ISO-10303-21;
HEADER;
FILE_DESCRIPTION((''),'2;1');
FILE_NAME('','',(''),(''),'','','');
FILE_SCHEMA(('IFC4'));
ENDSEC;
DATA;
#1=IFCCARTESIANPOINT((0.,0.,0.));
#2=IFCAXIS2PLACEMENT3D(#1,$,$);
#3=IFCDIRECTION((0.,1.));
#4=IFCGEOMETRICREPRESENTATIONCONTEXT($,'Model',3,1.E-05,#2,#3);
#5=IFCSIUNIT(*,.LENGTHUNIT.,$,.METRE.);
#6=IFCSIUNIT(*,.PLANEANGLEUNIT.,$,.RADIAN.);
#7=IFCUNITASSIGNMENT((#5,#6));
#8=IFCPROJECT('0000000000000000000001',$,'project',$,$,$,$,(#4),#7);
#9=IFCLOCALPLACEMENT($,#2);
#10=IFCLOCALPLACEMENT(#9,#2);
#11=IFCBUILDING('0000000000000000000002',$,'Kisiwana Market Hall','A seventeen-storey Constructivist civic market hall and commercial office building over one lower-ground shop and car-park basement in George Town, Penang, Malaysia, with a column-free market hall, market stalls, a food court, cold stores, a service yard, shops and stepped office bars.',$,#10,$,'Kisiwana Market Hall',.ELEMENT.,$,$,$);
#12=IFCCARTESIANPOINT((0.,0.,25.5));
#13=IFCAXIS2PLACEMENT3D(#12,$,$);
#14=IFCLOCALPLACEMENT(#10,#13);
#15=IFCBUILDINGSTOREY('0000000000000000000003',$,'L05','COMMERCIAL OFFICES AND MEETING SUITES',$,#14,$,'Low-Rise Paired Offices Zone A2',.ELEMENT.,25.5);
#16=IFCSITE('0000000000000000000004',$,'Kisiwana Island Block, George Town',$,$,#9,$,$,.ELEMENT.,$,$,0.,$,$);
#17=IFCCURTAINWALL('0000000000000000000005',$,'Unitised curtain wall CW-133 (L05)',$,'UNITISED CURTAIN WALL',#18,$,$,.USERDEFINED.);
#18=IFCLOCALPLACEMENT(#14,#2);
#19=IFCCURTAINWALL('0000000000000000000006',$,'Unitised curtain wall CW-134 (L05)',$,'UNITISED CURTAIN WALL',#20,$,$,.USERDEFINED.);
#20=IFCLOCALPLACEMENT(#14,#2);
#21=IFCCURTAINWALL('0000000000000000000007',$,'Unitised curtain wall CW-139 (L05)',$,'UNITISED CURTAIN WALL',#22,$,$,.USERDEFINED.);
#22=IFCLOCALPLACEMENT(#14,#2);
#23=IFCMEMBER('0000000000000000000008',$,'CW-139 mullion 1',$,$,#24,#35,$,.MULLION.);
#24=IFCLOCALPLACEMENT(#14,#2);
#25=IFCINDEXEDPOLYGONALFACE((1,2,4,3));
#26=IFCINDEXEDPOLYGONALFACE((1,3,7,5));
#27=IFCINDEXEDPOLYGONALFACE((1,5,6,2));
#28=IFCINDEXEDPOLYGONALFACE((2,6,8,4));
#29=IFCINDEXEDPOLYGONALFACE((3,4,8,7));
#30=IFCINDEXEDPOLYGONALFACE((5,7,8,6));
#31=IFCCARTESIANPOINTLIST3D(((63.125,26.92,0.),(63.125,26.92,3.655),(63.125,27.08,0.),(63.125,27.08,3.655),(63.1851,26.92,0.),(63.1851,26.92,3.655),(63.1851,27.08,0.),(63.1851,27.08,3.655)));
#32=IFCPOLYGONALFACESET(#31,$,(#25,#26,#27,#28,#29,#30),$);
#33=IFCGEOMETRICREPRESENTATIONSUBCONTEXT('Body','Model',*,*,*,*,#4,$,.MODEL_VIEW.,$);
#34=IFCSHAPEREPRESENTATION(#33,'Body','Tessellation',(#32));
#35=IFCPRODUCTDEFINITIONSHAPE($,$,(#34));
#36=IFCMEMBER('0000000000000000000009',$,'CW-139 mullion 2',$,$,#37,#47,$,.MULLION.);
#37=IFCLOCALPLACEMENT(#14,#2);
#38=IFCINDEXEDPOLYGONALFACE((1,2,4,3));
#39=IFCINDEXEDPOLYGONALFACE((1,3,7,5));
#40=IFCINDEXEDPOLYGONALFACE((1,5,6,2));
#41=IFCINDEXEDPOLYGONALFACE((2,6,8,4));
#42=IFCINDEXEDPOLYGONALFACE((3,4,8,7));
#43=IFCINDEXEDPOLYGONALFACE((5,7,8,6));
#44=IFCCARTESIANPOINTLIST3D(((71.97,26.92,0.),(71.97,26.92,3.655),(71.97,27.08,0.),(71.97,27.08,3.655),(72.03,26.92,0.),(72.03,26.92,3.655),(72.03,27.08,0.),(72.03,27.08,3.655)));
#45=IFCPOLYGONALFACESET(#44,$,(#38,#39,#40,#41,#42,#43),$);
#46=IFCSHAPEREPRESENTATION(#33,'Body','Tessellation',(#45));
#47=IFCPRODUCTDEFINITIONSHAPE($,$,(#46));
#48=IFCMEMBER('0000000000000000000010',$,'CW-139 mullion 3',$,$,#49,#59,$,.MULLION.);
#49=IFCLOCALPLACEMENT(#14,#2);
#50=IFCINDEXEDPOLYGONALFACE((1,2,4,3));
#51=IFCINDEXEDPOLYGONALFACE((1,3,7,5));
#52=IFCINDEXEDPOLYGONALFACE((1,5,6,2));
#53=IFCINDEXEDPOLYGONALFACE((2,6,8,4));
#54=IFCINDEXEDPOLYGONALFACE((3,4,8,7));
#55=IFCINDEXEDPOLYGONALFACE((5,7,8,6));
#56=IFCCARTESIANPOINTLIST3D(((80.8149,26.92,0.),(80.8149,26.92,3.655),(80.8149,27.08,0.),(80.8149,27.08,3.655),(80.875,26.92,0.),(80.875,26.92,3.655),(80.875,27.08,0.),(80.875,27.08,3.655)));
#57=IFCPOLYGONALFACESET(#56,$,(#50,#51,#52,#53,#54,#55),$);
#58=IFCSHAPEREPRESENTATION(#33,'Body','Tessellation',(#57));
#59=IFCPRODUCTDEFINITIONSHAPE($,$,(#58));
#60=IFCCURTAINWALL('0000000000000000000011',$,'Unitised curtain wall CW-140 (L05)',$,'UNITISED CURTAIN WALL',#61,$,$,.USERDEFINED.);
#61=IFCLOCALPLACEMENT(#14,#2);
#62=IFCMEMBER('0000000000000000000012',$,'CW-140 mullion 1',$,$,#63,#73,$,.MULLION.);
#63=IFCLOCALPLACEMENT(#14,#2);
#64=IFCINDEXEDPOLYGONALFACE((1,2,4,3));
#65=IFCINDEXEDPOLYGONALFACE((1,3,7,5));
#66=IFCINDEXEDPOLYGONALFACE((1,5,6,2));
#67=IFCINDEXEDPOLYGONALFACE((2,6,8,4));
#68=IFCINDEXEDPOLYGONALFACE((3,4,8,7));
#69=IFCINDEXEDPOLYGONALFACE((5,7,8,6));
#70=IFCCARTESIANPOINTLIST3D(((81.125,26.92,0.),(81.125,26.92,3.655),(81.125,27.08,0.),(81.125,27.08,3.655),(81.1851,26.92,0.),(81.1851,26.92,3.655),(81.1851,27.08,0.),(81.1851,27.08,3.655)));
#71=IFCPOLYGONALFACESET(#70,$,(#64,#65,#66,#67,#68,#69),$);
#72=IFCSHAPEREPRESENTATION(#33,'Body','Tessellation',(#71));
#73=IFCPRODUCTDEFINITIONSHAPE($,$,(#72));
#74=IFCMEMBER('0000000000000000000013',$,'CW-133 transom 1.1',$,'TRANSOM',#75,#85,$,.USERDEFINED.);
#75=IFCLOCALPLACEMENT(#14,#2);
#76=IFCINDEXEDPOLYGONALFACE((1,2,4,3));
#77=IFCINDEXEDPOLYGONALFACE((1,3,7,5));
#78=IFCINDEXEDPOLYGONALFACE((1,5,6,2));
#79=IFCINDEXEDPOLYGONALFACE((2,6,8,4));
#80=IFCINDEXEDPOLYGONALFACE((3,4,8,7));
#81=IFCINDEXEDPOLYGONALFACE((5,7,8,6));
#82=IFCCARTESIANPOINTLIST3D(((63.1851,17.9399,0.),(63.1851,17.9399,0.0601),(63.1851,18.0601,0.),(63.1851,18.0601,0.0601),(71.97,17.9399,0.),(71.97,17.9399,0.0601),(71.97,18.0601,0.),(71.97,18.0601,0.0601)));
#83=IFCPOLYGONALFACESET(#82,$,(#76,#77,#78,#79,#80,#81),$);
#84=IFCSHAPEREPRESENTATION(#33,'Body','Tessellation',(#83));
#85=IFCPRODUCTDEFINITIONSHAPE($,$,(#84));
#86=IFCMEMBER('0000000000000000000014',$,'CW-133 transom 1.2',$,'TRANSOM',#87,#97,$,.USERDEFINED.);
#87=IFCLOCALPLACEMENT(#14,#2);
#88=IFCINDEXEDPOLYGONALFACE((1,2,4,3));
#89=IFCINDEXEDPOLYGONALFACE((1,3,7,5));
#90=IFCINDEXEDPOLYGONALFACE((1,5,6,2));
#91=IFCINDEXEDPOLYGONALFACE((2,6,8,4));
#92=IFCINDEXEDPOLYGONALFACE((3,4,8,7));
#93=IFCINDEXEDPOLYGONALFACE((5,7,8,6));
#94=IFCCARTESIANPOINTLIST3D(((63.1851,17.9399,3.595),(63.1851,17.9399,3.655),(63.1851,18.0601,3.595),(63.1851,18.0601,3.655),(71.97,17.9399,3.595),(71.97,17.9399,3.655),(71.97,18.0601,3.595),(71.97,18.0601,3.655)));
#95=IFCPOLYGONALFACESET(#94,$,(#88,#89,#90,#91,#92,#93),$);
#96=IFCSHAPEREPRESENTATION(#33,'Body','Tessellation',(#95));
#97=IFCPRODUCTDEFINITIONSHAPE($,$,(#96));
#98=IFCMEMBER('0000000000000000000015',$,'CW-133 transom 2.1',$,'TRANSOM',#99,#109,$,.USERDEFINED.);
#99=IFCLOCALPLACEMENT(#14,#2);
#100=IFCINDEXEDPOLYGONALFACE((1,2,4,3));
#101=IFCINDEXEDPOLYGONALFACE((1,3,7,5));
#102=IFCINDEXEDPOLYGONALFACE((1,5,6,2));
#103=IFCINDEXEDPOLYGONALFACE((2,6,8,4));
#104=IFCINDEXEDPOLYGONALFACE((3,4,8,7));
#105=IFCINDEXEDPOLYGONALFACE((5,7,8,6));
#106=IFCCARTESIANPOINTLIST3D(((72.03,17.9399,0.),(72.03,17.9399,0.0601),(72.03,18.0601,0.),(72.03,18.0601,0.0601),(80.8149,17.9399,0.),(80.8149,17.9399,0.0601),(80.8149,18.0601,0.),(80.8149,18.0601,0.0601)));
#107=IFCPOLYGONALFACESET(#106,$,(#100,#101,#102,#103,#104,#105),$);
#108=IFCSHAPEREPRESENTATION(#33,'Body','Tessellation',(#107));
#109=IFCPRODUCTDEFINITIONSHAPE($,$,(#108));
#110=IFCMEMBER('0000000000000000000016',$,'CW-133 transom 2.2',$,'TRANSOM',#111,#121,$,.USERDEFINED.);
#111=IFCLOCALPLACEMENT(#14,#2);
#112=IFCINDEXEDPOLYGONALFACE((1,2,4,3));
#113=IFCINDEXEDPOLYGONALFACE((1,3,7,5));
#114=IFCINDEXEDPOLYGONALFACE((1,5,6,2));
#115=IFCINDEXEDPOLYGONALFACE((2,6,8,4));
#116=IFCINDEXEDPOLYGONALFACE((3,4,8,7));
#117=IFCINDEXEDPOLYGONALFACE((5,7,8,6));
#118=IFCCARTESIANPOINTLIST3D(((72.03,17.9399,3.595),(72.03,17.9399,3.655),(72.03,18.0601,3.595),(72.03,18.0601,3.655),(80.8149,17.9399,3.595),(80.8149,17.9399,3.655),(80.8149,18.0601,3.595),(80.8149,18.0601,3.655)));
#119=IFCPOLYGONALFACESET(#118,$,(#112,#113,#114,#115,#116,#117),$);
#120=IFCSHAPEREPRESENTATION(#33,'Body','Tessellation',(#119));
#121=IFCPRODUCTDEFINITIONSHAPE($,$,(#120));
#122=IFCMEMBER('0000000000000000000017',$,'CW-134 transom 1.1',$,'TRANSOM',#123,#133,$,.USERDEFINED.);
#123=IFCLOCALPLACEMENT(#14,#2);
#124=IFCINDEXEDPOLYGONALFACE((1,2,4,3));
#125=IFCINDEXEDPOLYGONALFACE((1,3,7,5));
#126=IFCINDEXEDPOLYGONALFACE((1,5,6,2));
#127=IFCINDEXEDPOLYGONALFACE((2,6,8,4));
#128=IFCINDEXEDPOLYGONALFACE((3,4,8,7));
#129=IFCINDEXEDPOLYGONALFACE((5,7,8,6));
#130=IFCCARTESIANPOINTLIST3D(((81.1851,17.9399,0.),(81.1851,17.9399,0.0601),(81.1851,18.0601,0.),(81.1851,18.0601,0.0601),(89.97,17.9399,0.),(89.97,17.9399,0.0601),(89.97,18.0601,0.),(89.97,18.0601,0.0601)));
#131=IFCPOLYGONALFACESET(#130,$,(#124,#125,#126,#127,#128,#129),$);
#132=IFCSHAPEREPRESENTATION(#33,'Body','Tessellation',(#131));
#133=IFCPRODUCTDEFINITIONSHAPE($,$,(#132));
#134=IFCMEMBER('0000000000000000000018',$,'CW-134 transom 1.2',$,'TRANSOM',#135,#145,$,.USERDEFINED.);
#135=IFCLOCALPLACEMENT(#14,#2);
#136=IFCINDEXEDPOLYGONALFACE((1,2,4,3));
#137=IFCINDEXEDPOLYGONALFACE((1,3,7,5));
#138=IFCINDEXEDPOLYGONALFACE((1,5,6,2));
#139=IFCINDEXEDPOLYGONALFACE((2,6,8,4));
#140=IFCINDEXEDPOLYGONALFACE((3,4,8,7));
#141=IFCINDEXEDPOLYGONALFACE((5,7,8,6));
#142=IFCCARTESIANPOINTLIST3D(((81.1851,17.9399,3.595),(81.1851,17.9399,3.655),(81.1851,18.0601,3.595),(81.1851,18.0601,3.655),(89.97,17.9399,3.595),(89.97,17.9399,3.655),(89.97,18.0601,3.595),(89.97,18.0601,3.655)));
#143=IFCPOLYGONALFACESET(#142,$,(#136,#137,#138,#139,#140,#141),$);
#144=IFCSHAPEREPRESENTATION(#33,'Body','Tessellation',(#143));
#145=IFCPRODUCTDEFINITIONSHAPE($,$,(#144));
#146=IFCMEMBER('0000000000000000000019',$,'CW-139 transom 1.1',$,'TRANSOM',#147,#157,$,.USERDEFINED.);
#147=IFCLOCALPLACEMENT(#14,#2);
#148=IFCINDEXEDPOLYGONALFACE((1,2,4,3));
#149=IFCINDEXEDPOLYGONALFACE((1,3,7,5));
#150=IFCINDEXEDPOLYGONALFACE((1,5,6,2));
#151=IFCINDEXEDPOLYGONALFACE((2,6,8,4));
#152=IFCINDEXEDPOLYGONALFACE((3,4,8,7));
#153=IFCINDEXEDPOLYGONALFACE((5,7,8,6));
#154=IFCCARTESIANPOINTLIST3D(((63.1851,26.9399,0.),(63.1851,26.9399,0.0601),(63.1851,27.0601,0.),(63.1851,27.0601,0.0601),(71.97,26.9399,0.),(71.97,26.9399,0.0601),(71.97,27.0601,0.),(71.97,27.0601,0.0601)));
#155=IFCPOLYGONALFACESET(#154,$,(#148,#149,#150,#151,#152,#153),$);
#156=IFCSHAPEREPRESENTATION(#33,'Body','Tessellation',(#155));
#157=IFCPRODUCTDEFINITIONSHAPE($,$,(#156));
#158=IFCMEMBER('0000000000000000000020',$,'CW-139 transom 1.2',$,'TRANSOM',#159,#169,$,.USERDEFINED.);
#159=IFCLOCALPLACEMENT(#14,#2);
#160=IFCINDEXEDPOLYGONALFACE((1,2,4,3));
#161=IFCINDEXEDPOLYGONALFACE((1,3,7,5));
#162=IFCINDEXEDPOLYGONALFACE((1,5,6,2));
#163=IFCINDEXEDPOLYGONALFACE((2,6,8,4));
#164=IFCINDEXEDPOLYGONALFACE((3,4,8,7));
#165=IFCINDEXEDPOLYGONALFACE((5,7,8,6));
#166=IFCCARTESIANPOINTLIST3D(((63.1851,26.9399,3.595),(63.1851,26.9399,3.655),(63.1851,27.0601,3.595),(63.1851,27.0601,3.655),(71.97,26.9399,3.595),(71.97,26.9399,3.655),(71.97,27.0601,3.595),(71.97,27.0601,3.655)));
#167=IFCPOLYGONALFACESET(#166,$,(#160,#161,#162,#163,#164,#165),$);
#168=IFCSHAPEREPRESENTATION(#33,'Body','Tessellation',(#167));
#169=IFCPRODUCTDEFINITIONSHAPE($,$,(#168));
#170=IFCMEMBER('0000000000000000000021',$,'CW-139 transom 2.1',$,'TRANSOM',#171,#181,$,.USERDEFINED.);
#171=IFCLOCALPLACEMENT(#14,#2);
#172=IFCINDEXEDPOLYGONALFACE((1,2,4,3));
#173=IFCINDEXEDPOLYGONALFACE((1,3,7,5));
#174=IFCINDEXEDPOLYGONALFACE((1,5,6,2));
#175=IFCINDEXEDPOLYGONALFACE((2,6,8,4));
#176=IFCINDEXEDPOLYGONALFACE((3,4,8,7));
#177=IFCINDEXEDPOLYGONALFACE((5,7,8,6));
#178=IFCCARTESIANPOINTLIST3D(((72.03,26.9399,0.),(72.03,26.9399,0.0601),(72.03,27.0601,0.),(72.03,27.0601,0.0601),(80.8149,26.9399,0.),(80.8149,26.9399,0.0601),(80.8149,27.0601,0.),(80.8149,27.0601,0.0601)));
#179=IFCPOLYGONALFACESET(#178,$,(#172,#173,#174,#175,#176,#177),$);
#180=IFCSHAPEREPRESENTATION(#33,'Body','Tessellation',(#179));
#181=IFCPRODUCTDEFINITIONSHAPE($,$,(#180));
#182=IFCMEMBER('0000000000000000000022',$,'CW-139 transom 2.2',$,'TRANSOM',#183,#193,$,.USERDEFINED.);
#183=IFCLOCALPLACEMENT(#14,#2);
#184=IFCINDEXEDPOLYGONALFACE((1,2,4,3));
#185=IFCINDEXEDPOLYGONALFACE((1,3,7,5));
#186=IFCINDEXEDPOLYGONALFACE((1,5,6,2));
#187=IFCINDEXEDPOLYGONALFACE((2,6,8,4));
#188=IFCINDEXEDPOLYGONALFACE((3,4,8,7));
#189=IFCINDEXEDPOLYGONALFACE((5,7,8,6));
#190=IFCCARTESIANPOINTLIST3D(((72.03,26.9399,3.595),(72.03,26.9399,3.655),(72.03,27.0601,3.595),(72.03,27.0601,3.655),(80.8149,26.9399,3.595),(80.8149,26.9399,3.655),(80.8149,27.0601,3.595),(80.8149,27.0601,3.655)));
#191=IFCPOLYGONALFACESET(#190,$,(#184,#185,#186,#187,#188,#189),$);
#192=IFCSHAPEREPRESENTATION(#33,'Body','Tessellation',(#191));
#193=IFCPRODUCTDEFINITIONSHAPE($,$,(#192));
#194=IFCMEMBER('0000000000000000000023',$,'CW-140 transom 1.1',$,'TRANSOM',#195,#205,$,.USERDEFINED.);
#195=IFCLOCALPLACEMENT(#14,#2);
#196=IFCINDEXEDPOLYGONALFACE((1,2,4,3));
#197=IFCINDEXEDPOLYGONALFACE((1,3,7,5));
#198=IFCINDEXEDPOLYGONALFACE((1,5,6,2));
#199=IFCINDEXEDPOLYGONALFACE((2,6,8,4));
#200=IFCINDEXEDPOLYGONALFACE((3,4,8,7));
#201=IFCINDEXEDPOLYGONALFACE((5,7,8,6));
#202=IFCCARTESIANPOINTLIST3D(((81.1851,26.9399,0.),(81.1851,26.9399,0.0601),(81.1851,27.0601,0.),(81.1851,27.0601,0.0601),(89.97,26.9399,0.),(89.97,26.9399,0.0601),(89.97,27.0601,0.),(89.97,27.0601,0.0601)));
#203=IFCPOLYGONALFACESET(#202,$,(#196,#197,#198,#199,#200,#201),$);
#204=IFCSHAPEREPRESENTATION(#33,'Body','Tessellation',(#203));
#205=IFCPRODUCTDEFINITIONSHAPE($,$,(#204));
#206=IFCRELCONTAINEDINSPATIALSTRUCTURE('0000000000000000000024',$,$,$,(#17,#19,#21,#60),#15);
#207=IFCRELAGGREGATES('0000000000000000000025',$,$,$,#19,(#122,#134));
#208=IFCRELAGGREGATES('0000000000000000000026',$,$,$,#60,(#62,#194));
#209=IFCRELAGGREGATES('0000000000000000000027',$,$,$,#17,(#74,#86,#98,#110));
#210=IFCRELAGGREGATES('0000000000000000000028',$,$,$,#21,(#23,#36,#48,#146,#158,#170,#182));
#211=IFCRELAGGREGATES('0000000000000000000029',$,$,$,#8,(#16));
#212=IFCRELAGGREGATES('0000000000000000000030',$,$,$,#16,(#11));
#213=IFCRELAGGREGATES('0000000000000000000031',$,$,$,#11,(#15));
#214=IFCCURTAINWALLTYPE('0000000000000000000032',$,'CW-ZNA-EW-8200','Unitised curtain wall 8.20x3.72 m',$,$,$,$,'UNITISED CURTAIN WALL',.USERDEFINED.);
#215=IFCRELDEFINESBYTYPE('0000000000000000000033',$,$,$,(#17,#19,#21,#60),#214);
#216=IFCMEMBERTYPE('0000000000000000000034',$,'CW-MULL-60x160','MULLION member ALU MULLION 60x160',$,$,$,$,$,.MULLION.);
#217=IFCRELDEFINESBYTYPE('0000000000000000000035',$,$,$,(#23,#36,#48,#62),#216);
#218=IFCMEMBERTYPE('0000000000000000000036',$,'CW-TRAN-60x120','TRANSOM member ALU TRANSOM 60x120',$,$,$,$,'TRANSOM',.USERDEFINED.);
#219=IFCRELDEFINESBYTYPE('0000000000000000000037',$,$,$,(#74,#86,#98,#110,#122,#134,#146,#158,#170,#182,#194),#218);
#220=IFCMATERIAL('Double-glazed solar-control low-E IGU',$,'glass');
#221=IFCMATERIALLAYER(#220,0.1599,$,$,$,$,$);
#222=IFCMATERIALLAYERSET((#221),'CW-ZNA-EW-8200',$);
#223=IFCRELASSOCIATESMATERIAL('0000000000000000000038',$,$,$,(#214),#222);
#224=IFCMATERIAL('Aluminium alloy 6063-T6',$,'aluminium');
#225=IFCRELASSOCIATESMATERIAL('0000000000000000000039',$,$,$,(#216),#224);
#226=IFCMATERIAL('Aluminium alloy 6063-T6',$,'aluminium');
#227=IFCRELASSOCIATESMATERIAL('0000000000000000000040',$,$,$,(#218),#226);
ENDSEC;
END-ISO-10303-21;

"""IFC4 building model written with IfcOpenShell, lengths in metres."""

from ifc_helpers import new_model, si_unit, direction, frame, origin, origin_2d, place, context, subcontext, project, spatial, rectangle, extrude, material, layer, layer_set, material_profile, profile_set, type_object, element, aggregate, save


model = new_model("IFC4")

# Units and contexts
model_context = context("Model", 3, precision=1e-05, world=origin(), true_north=direction((0.0, 1.0)))
body_context = subcontext(model_context, "Body", "Model", "MODEL_VIEW")
ifc_project = project(units=[si_unit("LENGTHUNIT", "METRE"), si_unit("PLANEANGLEUNIT", "RADIAN")], contexts=[model_context])

# Site, building, storey
site_placement = place(None, origin())
site = spatial("IfcSite", under=ifc_project, at=site_placement, Name="Kisiwana Island Block, George Town", CompositionType="ELEMENT", RefElevation=0.0)
building_placement = place(site_placement, origin())
building = spatial("IfcBuilding", under=site, at=building_placement, Name="Kisiwana Market Hall", Description="A seventeen-storey Constructivist civic market hall and commercial office building over one lower-ground shop and car-park basement in George Town, Penang, Malaysia, with a column-free market hall, market stalls, a food court, cold stores, a service yard, shops and stepped office bars.", LongName="Kisiwana Market Hall", CompositionType="ELEMENT")
storey_placement = place(building_placement, frame((0.0, 0.0, 25.5)))
storey = spatial("IfcBuildingStorey", under=building, at=storey_placement, Name="L05", Description="COMMERCIAL OFFICES AND MEETING SUITES", LongName="Low-Rise Paired Offices Zone A2", CompositionType="ELEMENT", Elevation=25.5)

# Curtain wall
ifc_material_1 = material(Name="Double-glazed solar-control low-E IGU", Category="glass")
ifc_layer_1 = layer(ifc_material_1, 0.1599)
ifc_layer_set_1 = layer_set([ifc_layer_1], Name="CW-ZNA-EW-8200")
curtain_wall_type = type_object("IfcCurtainWallType", Name="CW-ZNA-EW-8200", Description="Unitised curtain wall 8.20x3.72 m", ElementType="UNITISED CURTAIN WALL", PredefinedType="USERDEFINED", material=ifc_layer_set_1)
curtain_wall_1_placement = place(storey_placement, origin())
curtain_wall_1 = element("IfcCurtainWall", 1, at=curtain_wall_1_placement, inside=storey, type_object=curtain_wall_type, Name="Unitised curtain wall CW-133 (L05)", ObjectType="UNITISED CURTAIN WALL", PredefinedType="USERDEFINED")
ifc_material_2 = material(Name="Aluminium alloy 6063-T6", Category="aluminium")
ifc_material_profile_1 = material_profile(ifc_material_2, rectangle(XDim=0.0601, YDim=0.1599, at=origin_2d()), Name="ALU MULLION 60x160")
ifc_profile_set_1 = profile_set([ifc_material_profile_1], Name="Aluminium alloy 6063-T6")
member_type_1 = type_object("IfcMemberType", Name="CW-MULL-60x160", Description="MULLION member ALU MULLION 60x160", PredefinedType="MULLION", material=ifc_profile_set_1)

# Curtain wall
curtain_wall_2_placement = place(storey_placement, origin())
curtain_wall_2 = element("IfcCurtainWall", 2, at=curtain_wall_2_placement, inside=storey, type_object=curtain_wall_type, Name="Unitised curtain wall CW-134 (L05)", ObjectType="UNITISED CURTAIN WALL", PredefinedType="USERDEFINED")

# Curtain wall, members
curtain_wall_3_placement = place(storey_placement, origin())
curtain_wall_3 = element("IfcCurtainWall", 3, at=curtain_wall_3_placement, inside=storey, type_object=curtain_wall_type, Name="Unitised curtain wall CW-139 (L05)", ObjectType="UNITISED CURTAIN WALL", PredefinedType="USERDEFINED")
member_1_placement = place(storey_placement, frame((63.155, 27.0, 0.0), z_axis=(0.0, 0.0, 1.0), x_axis=(1.0, 0.0, 0.0)))
member_1 = element("IfcMember", 4, at=member_1_placement, type_object=member_type_1, Name="CW-139 mullion 1", PredefinedType="MULLION", context=body_context, shape_type="SweptSolid", body=[
    extrude(rectangle(XDim=0.0601, YDim=0.1599, at=origin_2d()), origin(), (0.0, 0.0, 1.0), 3.655),
])
member_2_placement = place(storey_placement, frame((72.0, 27.0, 0.0), z_axis=(0.0, 0.0, 1.0), x_axis=(1.0, 0.0, 0.0)))
member_2 = element("IfcMember", 5, at=member_2_placement, type_object=member_type_1, Name="CW-139 mullion 2", PredefinedType="MULLION", context=body_context, shape_type="SweptSolid", body=[
    extrude(rectangle(XDim=0.0601, YDim=0.1599, at=origin_2d()), origin(), (0.0, 0.0, 1.0), 3.655),
])
member_3_placement = place(storey_placement, frame((80.845, 27.0, 0.0), z_axis=(0.0, 0.0, 1.0), x_axis=(1.0, 0.0, 0.0)))
member_3 = element("IfcMember", 6, at=member_3_placement, type_object=member_type_1, Name="CW-139 mullion 3", PredefinedType="MULLION", context=body_context, shape_type="SweptSolid", body=[
    extrude(rectangle(XDim=0.0601, YDim=0.1599, at=origin_2d()), origin(), (0.0, 0.0, 1.0), 3.655),
])

# Curtain wall, member
curtain_wall_4_placement = place(storey_placement, origin())
curtain_wall_4 = element("IfcCurtainWall", 7, at=curtain_wall_4_placement, inside=storey, type_object=curtain_wall_type, Name="Unitised curtain wall CW-140 (L05)", ObjectType="UNITISED CURTAIN WALL", PredefinedType="USERDEFINED")
member_4_placement = place(storey_placement, frame((81.155, 27.0, 0.0), z_axis=(0.0, 0.0, 1.0), x_axis=(1.0, 0.0, 0.0)))
member_4 = element("IfcMember", 8, at=member_4_placement, type_object=member_type_1, Name="CW-140 mullion 1", PredefinedType="MULLION", context=body_context, shape_type="SweptSolid", body=[
    extrude(rectangle(XDim=0.0601, YDim=0.1599, at=origin_2d()), origin(), (0.0, 0.0, 1.0), 3.655),
])

# Members
ifc_material_3 = material(Name="Aluminium alloy 6063-T6", Category="aluminium")
ifc_material_profile_2 = material_profile(ifc_material_3, rectangle(XDim=0.1201, YDim=0.0601, at=origin_2d()), Name="ALU TRANSOM 60x120")
ifc_profile_set_2 = profile_set([ifc_material_profile_2], Name="Aluminium alloy 6063-T6")
member_type_2 = type_object("IfcMemberType", Name="CW-TRAN-60x120", Description="TRANSOM member ALU TRANSOM 60x120", ElementType="TRANSOM", PredefinedType="USERDEFINED", material=ifc_profile_set_2)
member_5_placement = place(storey_placement, frame((63.1851, 18.0, 0.03), z_axis=(1.0, 0.0, 0.0), x_axis=(0.0, 1.0, 0.0)))
member_5 = element("IfcMember", 9, at=member_5_placement, type_object=member_type_2, Name="CW-133 transom 1.1", ObjectType="TRANSOM", PredefinedType="USERDEFINED", context=body_context, shape_type="SweptSolid", body=[
    extrude(rectangle(XDim=0.1201, YDim=0.0601, at=origin_2d()), origin(), (0.0, 0.0, 1.0), 8.7849),
])
member_6_placement = place(storey_placement, frame((63.1851, 18.0, 3.625), z_axis=(1.0, 0.0, 0.0), x_axis=(0.0, 1.0, 0.0)))
member_6 = element("IfcMember", 10, at=member_6_placement, type_object=member_type_2, Name="CW-133 transom 1.2", ObjectType="TRANSOM", PredefinedType="USERDEFINED", context=body_context, shape_type="SweptSolid", body=[
    extrude(rectangle(XDim=0.1201, YDim=0.0601, at=origin_2d()), origin(), (0.0, 0.0, 1.0), 8.7849),
])
member_7_placement = place(storey_placement, frame((72.03, 18.0, 0.03), z_axis=(1.0, 0.0, 0.0), x_axis=(0.0, 1.0, 0.0)))
member_7 = element("IfcMember", 11, at=member_7_placement, type_object=member_type_2, Name="CW-133 transom 2.1", ObjectType="TRANSOM", PredefinedType="USERDEFINED", context=body_context, shape_type="SweptSolid", body=[
    extrude(rectangle(XDim=0.1201, YDim=0.0601, at=origin_2d()), origin(), (0.0, 0.0, 1.0), 8.7849),
])
member_8_placement = place(storey_placement, frame((72.03, 18.0, 3.625), z_axis=(1.0, 0.0, 0.0), x_axis=(0.0, 1.0, 0.0)))
member_8 = element("IfcMember", 12, at=member_8_placement, type_object=member_type_2, Name="CW-133 transom 2.2", ObjectType="TRANSOM", PredefinedType="USERDEFINED", context=body_context, shape_type="SweptSolid", body=[
    extrude(rectangle(XDim=0.1201, YDim=0.0601, at=origin_2d()), origin(), (0.0, 0.0, 1.0), 8.7849),
])
member_9_placement = place(storey_placement, frame((81.1851, 18.0, 0.03), z_axis=(1.0, 0.0, 0.0), x_axis=(0.0, 1.0, 0.0)))
member_9 = element("IfcMember", 13, at=member_9_placement, type_object=member_type_2, Name="CW-134 transom 1.1", ObjectType="TRANSOM", PredefinedType="USERDEFINED", context=body_context, shape_type="SweptSolid", body=[
    extrude(rectangle(XDim=0.1201, YDim=0.0601, at=origin_2d()), origin(), (0.0, 0.0, 1.0), 8.7849),
])
member_10_placement = place(storey_placement, frame((81.1851, 18.0, 3.625), z_axis=(1.0, 0.0, 0.0), x_axis=(0.0, 1.0, 0.0)))
member_10 = element("IfcMember", 14, at=member_10_placement, type_object=member_type_2, Name="CW-134 transom 1.2", ObjectType="TRANSOM", PredefinedType="USERDEFINED", context=body_context, shape_type="SweptSolid", body=[
    extrude(rectangle(XDim=0.1201, YDim=0.0601, at=origin_2d()), origin(), (0.0, 0.0, 1.0), 8.7849),
])
aggregate(curtain_wall_2, [member_9, member_10])
member_11_placement = place(storey_placement, frame((63.1851, 27.0, 0.03), z_axis=(1.0, 0.0, 0.0), x_axis=(0.0, 1.0, 0.0)))
member_11 = element("IfcMember", 15, at=member_11_placement, type_object=member_type_2, Name="CW-139 transom 1.1", ObjectType="TRANSOM", PredefinedType="USERDEFINED", context=body_context, shape_type="SweptSolid", body=[
    extrude(rectangle(XDim=0.1201, YDim=0.0601, at=origin_2d()), origin(), (0.0, 0.0, 1.0), 8.7849),
])
member_12_placement = place(storey_placement, frame((63.1851, 27.0, 3.625), z_axis=(1.0, 0.0, 0.0), x_axis=(0.0, 1.0, 0.0)))
member_12 = element("IfcMember", 16, at=member_12_placement, type_object=member_type_2, Name="CW-139 transom 1.2", ObjectType="TRANSOM", PredefinedType="USERDEFINED", context=body_context, shape_type="SweptSolid", body=[
    extrude(rectangle(XDim=0.1201, YDim=0.0601, at=origin_2d()), origin(), (0.0, 0.0, 1.0), 8.7849),
])
member_13_placement = place(storey_placement, frame((72.03, 27.0, 0.03), z_axis=(1.0, 0.0, 0.0), x_axis=(0.0, 1.0, 0.0)))
member_13 = element("IfcMember", 17, at=member_13_placement, type_object=member_type_2, Name="CW-139 transom 2.1", ObjectType="TRANSOM", PredefinedType="USERDEFINED", context=body_context, shape_type="SweptSolid", body=[
    extrude(rectangle(XDim=0.1201, YDim=0.0601, at=origin_2d()), origin(), (0.0, 0.0, 1.0), 8.7849),
])
member_14_placement = place(storey_placement, frame((72.03, 27.0, 3.625), z_axis=(1.0, 0.0, 0.0), x_axis=(0.0, 1.0, 0.0)))
member_14 = element("IfcMember", 18, at=member_14_placement, type_object=member_type_2, Name="CW-139 transom 2.2", ObjectType="TRANSOM", PredefinedType="USERDEFINED", context=body_context, shape_type="SweptSolid", body=[
    extrude(rectangle(XDim=0.1201, YDim=0.0601, at=origin_2d()), origin(), (0.0, 0.0, 1.0), 8.7849),
])
member_15_placement = place(storey_placement, frame((81.1851, 27.0, 0.03), z_axis=(1.0, 0.0, 0.0), x_axis=(0.0, 1.0, 0.0)))
member_15 = element("IfcMember", 19, at=member_15_placement, type_object=member_type_2, Name="CW-140 transom 1.1", ObjectType="TRANSOM", PredefinedType="USERDEFINED", context=body_context, shape_type="SweptSolid", body=[
    extrude(rectangle(XDim=0.1201, YDim=0.0601, at=origin_2d()), origin(), (0.0, 0.0, 1.0), 8.7849),
])
aggregate(curtain_wall_4, [member_4, member_15])

aggregate(curtain_wall_1, [member_5, member_6, member_7, member_8])
aggregate(curtain_wall_3, [member_1, member_2, member_3, member_11, member_12, member_13, member_14])

save(model, "model.ifc")
